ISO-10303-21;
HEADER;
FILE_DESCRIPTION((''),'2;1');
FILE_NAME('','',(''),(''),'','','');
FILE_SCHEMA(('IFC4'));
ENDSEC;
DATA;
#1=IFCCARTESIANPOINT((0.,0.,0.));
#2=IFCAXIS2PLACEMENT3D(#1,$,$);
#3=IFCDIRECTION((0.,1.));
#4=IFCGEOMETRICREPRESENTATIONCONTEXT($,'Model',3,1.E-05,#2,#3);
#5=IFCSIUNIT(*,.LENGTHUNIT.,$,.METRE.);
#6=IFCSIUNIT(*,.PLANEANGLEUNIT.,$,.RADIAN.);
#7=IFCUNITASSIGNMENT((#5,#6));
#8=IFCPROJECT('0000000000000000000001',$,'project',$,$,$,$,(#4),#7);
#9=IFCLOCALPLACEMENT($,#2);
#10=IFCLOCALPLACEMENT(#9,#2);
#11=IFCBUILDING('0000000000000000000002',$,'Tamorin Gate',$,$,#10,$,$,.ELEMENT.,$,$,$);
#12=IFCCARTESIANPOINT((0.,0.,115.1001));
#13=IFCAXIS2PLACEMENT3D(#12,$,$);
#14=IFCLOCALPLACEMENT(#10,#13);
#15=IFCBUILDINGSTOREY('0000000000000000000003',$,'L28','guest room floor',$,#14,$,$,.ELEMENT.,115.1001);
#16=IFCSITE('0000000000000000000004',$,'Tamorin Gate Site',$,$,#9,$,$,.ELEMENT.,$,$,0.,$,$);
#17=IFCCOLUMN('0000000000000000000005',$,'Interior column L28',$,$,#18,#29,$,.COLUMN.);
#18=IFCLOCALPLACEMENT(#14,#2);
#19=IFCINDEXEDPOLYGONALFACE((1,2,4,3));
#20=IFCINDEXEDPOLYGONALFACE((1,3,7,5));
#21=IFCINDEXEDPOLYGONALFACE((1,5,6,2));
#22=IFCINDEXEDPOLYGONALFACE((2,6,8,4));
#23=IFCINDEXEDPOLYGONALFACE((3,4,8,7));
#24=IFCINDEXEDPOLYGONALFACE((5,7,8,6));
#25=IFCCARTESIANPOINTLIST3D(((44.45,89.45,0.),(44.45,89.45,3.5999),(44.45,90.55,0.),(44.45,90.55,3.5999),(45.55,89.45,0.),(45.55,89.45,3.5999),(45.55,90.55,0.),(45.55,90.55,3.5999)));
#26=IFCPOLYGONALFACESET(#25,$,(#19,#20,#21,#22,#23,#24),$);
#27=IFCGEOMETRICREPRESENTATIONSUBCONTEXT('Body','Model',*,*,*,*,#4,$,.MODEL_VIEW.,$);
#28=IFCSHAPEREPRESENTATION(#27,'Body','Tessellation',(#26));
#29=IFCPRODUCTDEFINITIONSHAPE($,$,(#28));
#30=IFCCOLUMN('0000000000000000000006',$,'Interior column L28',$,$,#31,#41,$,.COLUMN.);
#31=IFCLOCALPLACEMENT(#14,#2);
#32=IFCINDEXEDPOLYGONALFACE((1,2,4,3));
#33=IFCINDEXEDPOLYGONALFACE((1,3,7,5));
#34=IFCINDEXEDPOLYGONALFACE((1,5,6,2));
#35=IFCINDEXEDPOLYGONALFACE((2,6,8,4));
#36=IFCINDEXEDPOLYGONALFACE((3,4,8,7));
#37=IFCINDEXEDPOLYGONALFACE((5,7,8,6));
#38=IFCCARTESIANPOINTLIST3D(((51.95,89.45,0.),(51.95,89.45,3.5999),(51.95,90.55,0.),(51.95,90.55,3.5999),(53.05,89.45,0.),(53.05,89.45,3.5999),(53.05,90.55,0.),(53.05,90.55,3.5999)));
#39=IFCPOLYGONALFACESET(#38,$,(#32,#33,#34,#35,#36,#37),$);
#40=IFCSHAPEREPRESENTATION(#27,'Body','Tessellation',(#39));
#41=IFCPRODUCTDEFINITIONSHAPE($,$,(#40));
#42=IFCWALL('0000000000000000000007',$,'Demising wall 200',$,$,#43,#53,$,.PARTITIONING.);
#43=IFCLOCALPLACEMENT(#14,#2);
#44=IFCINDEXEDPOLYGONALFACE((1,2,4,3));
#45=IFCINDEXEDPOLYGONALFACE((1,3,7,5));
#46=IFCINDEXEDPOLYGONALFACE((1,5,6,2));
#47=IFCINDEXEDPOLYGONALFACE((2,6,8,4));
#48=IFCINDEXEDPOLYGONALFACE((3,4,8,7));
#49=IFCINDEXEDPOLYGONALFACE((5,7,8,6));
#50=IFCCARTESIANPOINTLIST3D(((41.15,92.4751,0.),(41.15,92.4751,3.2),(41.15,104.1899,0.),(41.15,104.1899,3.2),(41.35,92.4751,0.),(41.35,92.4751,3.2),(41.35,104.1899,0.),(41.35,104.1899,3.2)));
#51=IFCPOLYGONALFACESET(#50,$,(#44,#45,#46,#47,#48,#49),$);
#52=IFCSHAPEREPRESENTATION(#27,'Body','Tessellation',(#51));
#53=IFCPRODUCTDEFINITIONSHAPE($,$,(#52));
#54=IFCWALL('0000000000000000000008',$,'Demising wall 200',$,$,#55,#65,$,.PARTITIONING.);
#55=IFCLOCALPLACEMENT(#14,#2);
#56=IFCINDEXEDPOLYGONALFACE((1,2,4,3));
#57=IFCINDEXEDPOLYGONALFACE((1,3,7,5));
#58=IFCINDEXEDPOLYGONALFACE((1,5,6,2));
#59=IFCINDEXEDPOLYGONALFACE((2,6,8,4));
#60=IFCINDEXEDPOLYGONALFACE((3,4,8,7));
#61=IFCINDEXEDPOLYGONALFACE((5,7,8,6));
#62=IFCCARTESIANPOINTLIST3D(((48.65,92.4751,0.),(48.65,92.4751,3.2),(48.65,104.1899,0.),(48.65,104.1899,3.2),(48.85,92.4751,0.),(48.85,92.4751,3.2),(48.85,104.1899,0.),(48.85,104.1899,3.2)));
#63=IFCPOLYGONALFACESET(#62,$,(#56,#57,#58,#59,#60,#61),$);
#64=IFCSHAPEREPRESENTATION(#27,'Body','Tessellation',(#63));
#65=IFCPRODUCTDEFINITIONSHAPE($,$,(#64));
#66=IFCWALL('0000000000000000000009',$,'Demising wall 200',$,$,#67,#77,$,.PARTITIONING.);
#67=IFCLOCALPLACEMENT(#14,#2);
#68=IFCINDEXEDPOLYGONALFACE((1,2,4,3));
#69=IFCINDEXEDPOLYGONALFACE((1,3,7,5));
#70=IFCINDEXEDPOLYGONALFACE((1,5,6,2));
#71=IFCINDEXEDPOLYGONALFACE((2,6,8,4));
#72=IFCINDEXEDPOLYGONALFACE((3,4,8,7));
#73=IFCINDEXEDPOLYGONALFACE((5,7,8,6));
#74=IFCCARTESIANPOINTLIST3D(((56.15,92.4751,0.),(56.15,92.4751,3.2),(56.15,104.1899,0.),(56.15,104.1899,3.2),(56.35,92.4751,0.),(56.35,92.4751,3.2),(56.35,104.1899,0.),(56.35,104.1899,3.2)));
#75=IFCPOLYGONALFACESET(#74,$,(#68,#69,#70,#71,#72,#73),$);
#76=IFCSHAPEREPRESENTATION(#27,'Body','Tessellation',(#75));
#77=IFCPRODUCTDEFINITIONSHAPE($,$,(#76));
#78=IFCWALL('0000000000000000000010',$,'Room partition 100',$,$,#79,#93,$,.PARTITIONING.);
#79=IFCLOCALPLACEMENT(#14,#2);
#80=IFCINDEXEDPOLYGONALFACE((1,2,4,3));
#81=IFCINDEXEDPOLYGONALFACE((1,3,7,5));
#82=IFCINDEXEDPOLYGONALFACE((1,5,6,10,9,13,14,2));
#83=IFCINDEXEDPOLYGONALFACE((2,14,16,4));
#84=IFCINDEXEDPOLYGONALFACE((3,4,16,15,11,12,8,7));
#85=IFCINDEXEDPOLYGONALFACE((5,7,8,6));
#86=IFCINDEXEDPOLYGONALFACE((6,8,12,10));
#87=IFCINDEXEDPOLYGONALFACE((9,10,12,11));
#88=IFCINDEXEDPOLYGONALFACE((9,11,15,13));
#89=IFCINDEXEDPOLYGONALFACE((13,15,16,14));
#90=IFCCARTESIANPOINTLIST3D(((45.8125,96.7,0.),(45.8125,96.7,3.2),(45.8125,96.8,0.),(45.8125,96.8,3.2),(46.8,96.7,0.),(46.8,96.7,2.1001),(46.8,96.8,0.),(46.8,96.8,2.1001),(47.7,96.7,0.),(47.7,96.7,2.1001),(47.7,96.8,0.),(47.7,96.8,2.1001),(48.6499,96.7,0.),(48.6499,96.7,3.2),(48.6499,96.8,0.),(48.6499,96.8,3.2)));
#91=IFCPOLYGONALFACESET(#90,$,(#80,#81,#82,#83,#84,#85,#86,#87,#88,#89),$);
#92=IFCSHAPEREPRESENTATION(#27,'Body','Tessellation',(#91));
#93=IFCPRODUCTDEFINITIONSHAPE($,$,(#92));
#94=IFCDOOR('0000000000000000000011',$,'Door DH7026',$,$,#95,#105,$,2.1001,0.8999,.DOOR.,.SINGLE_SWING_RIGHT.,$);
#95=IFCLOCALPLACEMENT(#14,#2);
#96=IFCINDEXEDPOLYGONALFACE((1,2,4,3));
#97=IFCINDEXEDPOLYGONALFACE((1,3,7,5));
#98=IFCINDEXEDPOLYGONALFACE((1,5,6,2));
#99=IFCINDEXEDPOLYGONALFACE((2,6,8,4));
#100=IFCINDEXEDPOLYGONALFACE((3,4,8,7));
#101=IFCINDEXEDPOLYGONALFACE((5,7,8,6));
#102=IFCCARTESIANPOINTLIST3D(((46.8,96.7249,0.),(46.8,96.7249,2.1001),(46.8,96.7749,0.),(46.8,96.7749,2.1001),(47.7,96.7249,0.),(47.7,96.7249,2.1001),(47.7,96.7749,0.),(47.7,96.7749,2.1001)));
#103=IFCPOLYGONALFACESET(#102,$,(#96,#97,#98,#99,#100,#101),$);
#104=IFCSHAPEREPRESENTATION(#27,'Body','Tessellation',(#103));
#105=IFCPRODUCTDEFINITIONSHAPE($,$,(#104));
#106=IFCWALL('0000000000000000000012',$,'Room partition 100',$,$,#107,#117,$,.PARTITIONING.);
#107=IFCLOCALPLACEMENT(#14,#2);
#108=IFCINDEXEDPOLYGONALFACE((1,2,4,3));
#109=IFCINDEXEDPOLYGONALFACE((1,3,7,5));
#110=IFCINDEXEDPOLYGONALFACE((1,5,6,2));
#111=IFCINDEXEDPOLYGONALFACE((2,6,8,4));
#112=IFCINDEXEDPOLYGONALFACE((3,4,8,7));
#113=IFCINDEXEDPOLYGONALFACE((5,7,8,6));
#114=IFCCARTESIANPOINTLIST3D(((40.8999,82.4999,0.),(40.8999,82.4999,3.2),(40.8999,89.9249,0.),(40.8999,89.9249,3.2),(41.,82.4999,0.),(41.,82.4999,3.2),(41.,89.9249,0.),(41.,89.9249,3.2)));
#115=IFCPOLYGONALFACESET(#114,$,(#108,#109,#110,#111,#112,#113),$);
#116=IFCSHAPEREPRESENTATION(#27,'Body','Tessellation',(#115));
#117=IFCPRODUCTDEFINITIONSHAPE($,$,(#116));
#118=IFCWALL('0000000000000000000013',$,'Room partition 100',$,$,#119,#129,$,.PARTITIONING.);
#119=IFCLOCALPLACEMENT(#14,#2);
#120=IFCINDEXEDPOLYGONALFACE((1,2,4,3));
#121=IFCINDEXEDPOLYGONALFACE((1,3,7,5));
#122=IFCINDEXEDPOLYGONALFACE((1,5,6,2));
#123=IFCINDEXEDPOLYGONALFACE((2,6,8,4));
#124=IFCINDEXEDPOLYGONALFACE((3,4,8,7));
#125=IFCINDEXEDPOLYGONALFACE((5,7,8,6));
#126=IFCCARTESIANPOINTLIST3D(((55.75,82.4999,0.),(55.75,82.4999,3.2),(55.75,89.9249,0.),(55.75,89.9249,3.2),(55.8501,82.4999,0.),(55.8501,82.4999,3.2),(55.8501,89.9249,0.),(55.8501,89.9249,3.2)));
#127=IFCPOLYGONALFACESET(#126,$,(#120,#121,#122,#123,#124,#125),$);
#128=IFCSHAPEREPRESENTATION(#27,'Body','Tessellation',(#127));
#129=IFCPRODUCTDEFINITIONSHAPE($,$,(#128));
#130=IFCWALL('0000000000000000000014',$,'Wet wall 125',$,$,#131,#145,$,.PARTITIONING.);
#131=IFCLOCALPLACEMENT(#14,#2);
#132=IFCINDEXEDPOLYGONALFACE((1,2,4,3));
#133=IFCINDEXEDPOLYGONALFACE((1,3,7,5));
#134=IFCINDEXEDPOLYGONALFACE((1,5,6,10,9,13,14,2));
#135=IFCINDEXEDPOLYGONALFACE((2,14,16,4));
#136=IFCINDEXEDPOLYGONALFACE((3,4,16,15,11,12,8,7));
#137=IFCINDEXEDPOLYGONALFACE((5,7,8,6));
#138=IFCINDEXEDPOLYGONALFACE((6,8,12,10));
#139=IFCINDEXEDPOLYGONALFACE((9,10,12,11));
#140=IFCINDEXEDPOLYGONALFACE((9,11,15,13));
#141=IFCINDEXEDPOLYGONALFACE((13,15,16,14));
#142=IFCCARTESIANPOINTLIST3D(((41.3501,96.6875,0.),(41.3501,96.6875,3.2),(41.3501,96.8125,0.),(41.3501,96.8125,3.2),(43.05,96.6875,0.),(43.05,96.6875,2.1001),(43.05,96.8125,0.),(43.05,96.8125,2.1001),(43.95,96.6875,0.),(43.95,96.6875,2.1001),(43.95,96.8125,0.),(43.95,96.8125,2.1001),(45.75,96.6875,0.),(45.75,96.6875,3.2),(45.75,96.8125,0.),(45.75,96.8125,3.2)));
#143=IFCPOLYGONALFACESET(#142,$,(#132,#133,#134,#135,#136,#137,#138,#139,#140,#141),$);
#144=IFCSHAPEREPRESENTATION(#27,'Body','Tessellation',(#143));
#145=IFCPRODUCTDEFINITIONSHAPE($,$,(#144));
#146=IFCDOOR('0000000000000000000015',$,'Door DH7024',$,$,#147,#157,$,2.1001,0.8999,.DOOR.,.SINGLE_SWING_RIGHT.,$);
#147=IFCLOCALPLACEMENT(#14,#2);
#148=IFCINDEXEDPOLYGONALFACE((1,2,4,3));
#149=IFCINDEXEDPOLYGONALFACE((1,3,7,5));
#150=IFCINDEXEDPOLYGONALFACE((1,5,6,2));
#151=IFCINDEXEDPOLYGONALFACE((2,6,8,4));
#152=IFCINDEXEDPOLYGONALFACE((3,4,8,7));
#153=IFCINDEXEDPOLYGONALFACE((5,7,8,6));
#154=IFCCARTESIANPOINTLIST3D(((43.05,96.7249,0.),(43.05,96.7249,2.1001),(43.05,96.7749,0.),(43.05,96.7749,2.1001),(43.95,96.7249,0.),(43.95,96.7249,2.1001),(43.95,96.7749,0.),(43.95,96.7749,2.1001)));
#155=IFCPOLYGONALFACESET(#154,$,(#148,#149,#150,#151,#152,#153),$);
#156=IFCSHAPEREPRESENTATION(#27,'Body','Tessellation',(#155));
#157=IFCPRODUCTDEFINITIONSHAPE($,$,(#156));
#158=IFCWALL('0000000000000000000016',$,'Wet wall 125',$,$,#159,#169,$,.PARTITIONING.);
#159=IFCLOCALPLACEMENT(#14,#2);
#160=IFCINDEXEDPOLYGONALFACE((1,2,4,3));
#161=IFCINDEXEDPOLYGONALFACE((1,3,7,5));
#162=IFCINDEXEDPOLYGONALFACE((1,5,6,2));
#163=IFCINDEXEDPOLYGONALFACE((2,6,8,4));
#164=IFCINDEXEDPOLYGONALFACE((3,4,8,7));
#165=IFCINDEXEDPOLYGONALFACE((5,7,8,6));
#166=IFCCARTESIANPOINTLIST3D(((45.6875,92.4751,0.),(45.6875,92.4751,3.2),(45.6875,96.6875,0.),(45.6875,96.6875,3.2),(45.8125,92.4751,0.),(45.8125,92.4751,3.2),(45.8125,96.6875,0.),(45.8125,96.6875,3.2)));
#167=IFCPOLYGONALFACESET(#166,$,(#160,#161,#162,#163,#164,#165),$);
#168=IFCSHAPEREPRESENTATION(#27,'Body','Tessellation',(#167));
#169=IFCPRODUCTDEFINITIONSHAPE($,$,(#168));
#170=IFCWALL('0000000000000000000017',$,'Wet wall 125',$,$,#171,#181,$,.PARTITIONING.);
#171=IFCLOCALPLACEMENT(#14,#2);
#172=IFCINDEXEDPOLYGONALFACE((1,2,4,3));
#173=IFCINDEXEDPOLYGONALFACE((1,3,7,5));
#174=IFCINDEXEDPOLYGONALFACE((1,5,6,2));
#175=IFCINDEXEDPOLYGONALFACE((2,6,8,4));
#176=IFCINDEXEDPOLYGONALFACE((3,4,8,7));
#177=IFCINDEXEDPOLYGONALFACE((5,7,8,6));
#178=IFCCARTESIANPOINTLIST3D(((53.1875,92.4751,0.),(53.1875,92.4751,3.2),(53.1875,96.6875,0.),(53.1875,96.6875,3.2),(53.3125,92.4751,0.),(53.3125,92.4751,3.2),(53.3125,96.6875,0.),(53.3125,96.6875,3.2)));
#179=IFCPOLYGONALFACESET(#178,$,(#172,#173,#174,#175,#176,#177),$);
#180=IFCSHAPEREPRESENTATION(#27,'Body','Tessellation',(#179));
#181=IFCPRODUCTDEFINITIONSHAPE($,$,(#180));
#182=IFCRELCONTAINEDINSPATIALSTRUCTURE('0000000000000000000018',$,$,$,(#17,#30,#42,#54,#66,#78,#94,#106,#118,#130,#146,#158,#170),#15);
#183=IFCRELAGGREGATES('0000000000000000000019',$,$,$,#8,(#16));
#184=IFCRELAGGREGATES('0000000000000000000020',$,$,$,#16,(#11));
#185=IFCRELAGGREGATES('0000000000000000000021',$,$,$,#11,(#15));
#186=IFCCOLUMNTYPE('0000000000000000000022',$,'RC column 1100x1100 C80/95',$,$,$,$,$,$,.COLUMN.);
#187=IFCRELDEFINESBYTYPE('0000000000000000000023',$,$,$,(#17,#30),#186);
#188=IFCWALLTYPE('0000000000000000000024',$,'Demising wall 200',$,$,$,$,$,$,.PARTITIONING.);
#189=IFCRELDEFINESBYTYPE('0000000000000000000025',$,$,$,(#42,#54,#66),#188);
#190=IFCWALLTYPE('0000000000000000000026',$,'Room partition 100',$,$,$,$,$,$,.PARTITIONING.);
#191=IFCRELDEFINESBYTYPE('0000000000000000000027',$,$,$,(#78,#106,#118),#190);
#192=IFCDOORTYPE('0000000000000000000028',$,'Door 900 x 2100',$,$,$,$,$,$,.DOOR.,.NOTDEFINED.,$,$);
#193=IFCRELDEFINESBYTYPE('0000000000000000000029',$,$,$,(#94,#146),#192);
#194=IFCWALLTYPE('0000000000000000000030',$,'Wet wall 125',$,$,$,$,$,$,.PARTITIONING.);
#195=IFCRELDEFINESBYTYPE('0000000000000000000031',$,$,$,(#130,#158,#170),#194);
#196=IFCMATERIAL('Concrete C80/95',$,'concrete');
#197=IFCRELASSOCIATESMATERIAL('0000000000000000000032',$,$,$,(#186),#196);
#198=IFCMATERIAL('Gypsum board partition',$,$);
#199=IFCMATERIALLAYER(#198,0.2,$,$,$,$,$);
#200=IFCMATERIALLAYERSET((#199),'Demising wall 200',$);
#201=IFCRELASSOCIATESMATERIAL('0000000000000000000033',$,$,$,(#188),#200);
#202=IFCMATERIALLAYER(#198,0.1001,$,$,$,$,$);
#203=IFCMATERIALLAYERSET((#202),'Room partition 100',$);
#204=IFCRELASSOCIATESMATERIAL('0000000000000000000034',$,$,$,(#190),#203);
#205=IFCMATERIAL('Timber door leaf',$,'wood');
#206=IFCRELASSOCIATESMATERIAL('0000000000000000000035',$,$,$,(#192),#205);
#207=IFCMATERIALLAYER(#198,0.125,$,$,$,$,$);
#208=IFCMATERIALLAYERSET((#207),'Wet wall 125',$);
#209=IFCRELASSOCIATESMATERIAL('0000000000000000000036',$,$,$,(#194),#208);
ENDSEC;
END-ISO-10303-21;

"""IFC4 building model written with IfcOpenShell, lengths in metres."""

from ifc_helpers import new_model, si_unit, direction, frame, frame_2d, origin, origin_2d, place, context, subcontext, project, spatial, rectangle, extrude, material, layer, layer_set, material_profile, profile_set, type_object, element, fill, save


model = new_model("IFC4")

# Units and contexts
model_context = context("Model", 3, precision=1e-05, world=origin(), true_north=direction((0.0, 1.0)))
body_context = subcontext(model_context, "Body", "Model", "MODEL_VIEW")
ifc_project = project(units=[si_unit("LENGTHUNIT", "METRE"), si_unit("PLANEANGLEUNIT", "RADIAN")], contexts=[model_context])

# Site, building, storey
site_placement = place(None, origin())
site = spatial("IfcSite", under=ifc_project, at=site_placement, Name="Tamorin Gate Site", CompositionType="ELEMENT", RefElevation=0.0)
building_placement = place(site_placement, origin())
building = spatial("IfcBuilding", under=site, at=building_placement, Name="Tamorin Gate", CompositionType="ELEMENT")
storey_placement = place(building_placement, frame((0.0, 0.0, 115.1001)))
storey = spatial("IfcBuildingStorey", under=building, at=storey_placement, Name="L28", Description="guest room floor", CompositionType="ELEMENT", Elevation=115.1001)

# Columns
ifc_material_1 = material(Name="Concrete C80/95", Category="concrete")
ifc_material_profile = material_profile(ifc_material_1, rectangle(XDim=1.1001, YDim=1.1001, at=origin_2d()), Name="RC 1100x1100")
ifc_profile_set = profile_set([ifc_material_profile], Name="Concrete C80/95")
column_type = type_object("IfcColumnType", Name="RC column 1100x1100 C80/95", PredefinedType="COLUMN", material=ifc_profile_set)
for number, where, z_axis, x_axis, name in (
    (1, (45.0, 90.0, 0.0), (0.0, 0.0, 1.0), (1.0, 0.0, 0.0), "Interior column L28"),
    (2, (52.5, 90.0, 0.0), (0.0, 0.0, 1.0), (1.0, 0.0, 0.0), "Interior column L28"),
):
    element("IfcColumn", number, at=place(storey_placement, frame(where, z_axis=z_axis, x_axis=x_axis)), inside=storey, type_object=column_type, Name=name, PredefinedType="COLUMN", context=body_context, shape_type="SweptSolid", body=[
        extrude(rectangle(XDim=1.1001, YDim=1.1001, at=origin_2d()), origin(), (0.0, 0.0, 1.0), 3.5999),
    ])

# Walls
ifc_material_2 = material(Name="Gypsum board partition")
ifc_layer_1 = layer(ifc_material_2, 0.2)
ifc_layer_set_1 = layer_set([ifc_layer_1], Name="Demising wall 200")
wall_type_1 = type_object("IfcWallType", Name="Demising wall 200", PredefinedType="PARTITIONING", material=ifc_layer_set_1)
for number, where, z_axis, x_axis, name in (
    (3, (41.25, 92.4751, 0.0), (0.0, 0.0, 1.0), (0.0, 1.0, 0.0), "Demising wall 200"),
    (4, (48.75, 92.4751, 0.0), (0.0, 0.0, 1.0), (0.0, 1.0, 0.0), "Demising wall 200"),
    (5, (56.25, 92.4751, 0.0), (0.0, 0.0, 1.0), (0.0, 1.0, 0.0), "Demising wall 200"),
):
    element("IfcWall", number, at=place(storey_placement, frame(where, z_axis=z_axis, x_axis=x_axis)), inside=storey, type_object=wall_type_1, Name=name, PredefinedType="PARTITIONING", context=body_context, shape_type="SweptSolid", body=[
        extrude(rectangle(XDim=11.7148, YDim=0.2, at=frame_2d((5.8574, 0.0))), origin(), (0.0, 0.0, 1.0), 3.2),
    ])

# Wall, opening, door
ifc_layer_2 = layer(ifc_material_2, 0.1001)
ifc_layer_set_2 = layer_set([ifc_layer_2], Name="Room partition 100")
wall_type_2 = type_object("IfcWallType", Name="Room partition 100", PredefinedType="PARTITIONING", material=ifc_layer_set_2)
wall_1_placement = place(storey_placement, frame((45.8125, 96.75, 0.0), z_axis=(0.0, 0.0, 1.0), x_axis=(1.0, 0.0, 0.0)))
wall_1 = element("IfcWall", 6, at=wall_1_placement, inside=storey, type_object=wall_type_2, Name="Room partition 100", PredefinedType="PARTITIONING", context=body_context, shape_type="SweptSolid", body=[
    extrude(rectangle(XDim=2.8374, YDim=0.1001, at=frame_2d((1.4187, 0.0))), origin(), (0.0, 0.0, 1.0), 3.2),
])
opening_1_placement = place(wall_1_placement, frame((0.9875, 0.0, 0.0)))
opening_1 = element("IfcOpeningElement", 7, at=opening_1_placement, cuts=wall_1, PredefinedType="OPENING", context=body_context, shape_type="SweptSolid", body=[
    extrude(rectangle(XDim=0.8999, YDim=2.1001, at=frame_2d((0.45, 1.05))), frame((0.0, 0.0601, 0.0), z_axis=(0.0, -1.0, 0.0), x_axis=(1.0, 0.0, 0.0)), (0.0, 0.0, 1.0), 0.1201),
])
ifc_material_3 = material(Name="Timber door leaf", Category="wood")
door_type = type_object("IfcDoorType", Name="Door 900 x 2100", OperationType="NOTDEFINED", PredefinedType="DOOR", material=ifc_material_3)
door_1_placement = place(opening_1_placement, origin())
door_1 = element("IfcDoor", 8, at=door_1_placement, inside=storey, type_object=door_type, Name="Door DH7026", OperationType="SINGLE_SWING_RIGHT", OverallHeight=2.1001, OverallWidth=0.8999, PredefinedType="DOOR", context=body_context, shape_type="SweptSolid", body=[
    extrude(rectangle(XDim=0.8999, YDim=2.1001, at=frame_2d((0.45, 1.05))), frame((0.0, 0.0249, 0.0), z_axis=(0.0, -1.0, 0.0), x_axis=(1.0, 0.0, 0.0)), (0.0, 0.0, 1.0), 0.05),
])
fill(opening_1, door_1)

# Walls
for number, where, z_axis, x_axis, name in (
    (9, (40.95, 82.5, 0.0), (0.0, 0.0, 1.0), (0.0, 1.0, 0.0), "Room partition 100"),
    (10, (55.8, 82.5, 0.0), (0.0, 0.0, 1.0), (0.0, 1.0, 0.0), "Room partition 100"),
):
    element("IfcWall", number, at=place(storey_placement, frame(where, z_axis=z_axis, x_axis=x_axis)), inside=storey, type_object=wall_type_2, Name=name, PredefinedType="PARTITIONING", context=body_context, shape_type="SweptSolid", body=[
        extrude(rectangle(XDim=7.425, YDim=0.1001, at=frame_2d((3.7124, 0.0))), origin(), (0.0, 0.0, 1.0), 3.2),
    ])

# Wall, opening, door
ifc_layer_3 = layer(ifc_material_2, 0.125)
ifc_layer_set_3 = layer_set([ifc_layer_3], Name="Wet wall 125")
wall_type_3 = type_object("IfcWallType", Name="Wet wall 125", PredefinedType="PARTITIONING", material=ifc_layer_set_3)
wall_2_placement = place(storey_placement, frame((41.3501, 96.75, 0.0), z_axis=(0.0, 0.0, 1.0), x_axis=(1.0, 0.0, 0.0)))
wall_2 = element("IfcWall", 11, at=wall_2_placement, inside=storey, type_object=wall_type_3, Name="Wet wall 125", PredefinedType="PARTITIONING", context=body_context, shape_type="SweptSolid", body=[
    extrude(rectangle(XDim=4.3999, YDim=0.125, at=frame_2d((2.2, 0.0))), origin(), (0.0, 0.0, 1.0), 3.2),
])
opening_2_placement = place(wall_2_placement, frame((1.7, 0.0, 0.0)))
opening_2 = element("IfcOpeningElement", 12, at=opening_2_placement, cuts=wall_2, PredefinedType="OPENING", context=body_context, shape_type="SweptSolid", body=[
    extrude(rectangle(XDim=0.8999, YDim=2.1001, at=frame_2d((0.45, 1.05))), frame((0.0, 0.0725, 0.0), z_axis=(0.0, -1.0, 0.0), x_axis=(1.0, 0.0, 0.0)), (0.0, 0.0, 1.0), 0.145),
])
door_2_placement = place(opening_2_placement, origin())
door_2 = element("IfcDoor", 13, at=door_2_placement, inside=storey, type_object=door_type, Name="Door DH7024", OperationType="SINGLE_SWING_RIGHT", OverallHeight=2.1001, OverallWidth=0.8999, PredefinedType="DOOR", context=body_context, shape_type="SweptSolid", body=[
    extrude(rectangle(XDim=0.8999, YDim=2.1001, at=frame_2d((0.45, 1.05))), frame((0.0, 0.0249, 0.0), z_axis=(0.0, -1.0, 0.0), x_axis=(1.0, 0.0, 0.0)), (0.0, 0.0, 1.0), 0.05),
])
fill(opening_2, door_2)

# Walls
for number, where, z_axis, x_axis, name in (
    (14, (45.75, 92.4751, 0.0), (0.0, 0.0, 1.0), (0.0, 1.0, 0.0), "Wet wall 125"),
    (15, (53.25, 92.4751, 0.0), (0.0, 0.0, 1.0), (0.0, 1.0, 0.0), "Wet wall 125"),
):
    element("IfcWall", number, at=place(storey_placement, frame(where, z_axis=z_axis, x_axis=x_axis)), inside=storey, type_object=wall_type_3, Name=name, PredefinedType="PARTITIONING", context=body_context, shape_type="SweptSolid", body=[
        extrude(rectangle(XDim=4.2124, YDim=0.125, at=frame_2d((2.1062, 0.0))), origin(), (0.0, 0.0, 1.0), 3.2),
    ])

save(model, "model.ifc")
